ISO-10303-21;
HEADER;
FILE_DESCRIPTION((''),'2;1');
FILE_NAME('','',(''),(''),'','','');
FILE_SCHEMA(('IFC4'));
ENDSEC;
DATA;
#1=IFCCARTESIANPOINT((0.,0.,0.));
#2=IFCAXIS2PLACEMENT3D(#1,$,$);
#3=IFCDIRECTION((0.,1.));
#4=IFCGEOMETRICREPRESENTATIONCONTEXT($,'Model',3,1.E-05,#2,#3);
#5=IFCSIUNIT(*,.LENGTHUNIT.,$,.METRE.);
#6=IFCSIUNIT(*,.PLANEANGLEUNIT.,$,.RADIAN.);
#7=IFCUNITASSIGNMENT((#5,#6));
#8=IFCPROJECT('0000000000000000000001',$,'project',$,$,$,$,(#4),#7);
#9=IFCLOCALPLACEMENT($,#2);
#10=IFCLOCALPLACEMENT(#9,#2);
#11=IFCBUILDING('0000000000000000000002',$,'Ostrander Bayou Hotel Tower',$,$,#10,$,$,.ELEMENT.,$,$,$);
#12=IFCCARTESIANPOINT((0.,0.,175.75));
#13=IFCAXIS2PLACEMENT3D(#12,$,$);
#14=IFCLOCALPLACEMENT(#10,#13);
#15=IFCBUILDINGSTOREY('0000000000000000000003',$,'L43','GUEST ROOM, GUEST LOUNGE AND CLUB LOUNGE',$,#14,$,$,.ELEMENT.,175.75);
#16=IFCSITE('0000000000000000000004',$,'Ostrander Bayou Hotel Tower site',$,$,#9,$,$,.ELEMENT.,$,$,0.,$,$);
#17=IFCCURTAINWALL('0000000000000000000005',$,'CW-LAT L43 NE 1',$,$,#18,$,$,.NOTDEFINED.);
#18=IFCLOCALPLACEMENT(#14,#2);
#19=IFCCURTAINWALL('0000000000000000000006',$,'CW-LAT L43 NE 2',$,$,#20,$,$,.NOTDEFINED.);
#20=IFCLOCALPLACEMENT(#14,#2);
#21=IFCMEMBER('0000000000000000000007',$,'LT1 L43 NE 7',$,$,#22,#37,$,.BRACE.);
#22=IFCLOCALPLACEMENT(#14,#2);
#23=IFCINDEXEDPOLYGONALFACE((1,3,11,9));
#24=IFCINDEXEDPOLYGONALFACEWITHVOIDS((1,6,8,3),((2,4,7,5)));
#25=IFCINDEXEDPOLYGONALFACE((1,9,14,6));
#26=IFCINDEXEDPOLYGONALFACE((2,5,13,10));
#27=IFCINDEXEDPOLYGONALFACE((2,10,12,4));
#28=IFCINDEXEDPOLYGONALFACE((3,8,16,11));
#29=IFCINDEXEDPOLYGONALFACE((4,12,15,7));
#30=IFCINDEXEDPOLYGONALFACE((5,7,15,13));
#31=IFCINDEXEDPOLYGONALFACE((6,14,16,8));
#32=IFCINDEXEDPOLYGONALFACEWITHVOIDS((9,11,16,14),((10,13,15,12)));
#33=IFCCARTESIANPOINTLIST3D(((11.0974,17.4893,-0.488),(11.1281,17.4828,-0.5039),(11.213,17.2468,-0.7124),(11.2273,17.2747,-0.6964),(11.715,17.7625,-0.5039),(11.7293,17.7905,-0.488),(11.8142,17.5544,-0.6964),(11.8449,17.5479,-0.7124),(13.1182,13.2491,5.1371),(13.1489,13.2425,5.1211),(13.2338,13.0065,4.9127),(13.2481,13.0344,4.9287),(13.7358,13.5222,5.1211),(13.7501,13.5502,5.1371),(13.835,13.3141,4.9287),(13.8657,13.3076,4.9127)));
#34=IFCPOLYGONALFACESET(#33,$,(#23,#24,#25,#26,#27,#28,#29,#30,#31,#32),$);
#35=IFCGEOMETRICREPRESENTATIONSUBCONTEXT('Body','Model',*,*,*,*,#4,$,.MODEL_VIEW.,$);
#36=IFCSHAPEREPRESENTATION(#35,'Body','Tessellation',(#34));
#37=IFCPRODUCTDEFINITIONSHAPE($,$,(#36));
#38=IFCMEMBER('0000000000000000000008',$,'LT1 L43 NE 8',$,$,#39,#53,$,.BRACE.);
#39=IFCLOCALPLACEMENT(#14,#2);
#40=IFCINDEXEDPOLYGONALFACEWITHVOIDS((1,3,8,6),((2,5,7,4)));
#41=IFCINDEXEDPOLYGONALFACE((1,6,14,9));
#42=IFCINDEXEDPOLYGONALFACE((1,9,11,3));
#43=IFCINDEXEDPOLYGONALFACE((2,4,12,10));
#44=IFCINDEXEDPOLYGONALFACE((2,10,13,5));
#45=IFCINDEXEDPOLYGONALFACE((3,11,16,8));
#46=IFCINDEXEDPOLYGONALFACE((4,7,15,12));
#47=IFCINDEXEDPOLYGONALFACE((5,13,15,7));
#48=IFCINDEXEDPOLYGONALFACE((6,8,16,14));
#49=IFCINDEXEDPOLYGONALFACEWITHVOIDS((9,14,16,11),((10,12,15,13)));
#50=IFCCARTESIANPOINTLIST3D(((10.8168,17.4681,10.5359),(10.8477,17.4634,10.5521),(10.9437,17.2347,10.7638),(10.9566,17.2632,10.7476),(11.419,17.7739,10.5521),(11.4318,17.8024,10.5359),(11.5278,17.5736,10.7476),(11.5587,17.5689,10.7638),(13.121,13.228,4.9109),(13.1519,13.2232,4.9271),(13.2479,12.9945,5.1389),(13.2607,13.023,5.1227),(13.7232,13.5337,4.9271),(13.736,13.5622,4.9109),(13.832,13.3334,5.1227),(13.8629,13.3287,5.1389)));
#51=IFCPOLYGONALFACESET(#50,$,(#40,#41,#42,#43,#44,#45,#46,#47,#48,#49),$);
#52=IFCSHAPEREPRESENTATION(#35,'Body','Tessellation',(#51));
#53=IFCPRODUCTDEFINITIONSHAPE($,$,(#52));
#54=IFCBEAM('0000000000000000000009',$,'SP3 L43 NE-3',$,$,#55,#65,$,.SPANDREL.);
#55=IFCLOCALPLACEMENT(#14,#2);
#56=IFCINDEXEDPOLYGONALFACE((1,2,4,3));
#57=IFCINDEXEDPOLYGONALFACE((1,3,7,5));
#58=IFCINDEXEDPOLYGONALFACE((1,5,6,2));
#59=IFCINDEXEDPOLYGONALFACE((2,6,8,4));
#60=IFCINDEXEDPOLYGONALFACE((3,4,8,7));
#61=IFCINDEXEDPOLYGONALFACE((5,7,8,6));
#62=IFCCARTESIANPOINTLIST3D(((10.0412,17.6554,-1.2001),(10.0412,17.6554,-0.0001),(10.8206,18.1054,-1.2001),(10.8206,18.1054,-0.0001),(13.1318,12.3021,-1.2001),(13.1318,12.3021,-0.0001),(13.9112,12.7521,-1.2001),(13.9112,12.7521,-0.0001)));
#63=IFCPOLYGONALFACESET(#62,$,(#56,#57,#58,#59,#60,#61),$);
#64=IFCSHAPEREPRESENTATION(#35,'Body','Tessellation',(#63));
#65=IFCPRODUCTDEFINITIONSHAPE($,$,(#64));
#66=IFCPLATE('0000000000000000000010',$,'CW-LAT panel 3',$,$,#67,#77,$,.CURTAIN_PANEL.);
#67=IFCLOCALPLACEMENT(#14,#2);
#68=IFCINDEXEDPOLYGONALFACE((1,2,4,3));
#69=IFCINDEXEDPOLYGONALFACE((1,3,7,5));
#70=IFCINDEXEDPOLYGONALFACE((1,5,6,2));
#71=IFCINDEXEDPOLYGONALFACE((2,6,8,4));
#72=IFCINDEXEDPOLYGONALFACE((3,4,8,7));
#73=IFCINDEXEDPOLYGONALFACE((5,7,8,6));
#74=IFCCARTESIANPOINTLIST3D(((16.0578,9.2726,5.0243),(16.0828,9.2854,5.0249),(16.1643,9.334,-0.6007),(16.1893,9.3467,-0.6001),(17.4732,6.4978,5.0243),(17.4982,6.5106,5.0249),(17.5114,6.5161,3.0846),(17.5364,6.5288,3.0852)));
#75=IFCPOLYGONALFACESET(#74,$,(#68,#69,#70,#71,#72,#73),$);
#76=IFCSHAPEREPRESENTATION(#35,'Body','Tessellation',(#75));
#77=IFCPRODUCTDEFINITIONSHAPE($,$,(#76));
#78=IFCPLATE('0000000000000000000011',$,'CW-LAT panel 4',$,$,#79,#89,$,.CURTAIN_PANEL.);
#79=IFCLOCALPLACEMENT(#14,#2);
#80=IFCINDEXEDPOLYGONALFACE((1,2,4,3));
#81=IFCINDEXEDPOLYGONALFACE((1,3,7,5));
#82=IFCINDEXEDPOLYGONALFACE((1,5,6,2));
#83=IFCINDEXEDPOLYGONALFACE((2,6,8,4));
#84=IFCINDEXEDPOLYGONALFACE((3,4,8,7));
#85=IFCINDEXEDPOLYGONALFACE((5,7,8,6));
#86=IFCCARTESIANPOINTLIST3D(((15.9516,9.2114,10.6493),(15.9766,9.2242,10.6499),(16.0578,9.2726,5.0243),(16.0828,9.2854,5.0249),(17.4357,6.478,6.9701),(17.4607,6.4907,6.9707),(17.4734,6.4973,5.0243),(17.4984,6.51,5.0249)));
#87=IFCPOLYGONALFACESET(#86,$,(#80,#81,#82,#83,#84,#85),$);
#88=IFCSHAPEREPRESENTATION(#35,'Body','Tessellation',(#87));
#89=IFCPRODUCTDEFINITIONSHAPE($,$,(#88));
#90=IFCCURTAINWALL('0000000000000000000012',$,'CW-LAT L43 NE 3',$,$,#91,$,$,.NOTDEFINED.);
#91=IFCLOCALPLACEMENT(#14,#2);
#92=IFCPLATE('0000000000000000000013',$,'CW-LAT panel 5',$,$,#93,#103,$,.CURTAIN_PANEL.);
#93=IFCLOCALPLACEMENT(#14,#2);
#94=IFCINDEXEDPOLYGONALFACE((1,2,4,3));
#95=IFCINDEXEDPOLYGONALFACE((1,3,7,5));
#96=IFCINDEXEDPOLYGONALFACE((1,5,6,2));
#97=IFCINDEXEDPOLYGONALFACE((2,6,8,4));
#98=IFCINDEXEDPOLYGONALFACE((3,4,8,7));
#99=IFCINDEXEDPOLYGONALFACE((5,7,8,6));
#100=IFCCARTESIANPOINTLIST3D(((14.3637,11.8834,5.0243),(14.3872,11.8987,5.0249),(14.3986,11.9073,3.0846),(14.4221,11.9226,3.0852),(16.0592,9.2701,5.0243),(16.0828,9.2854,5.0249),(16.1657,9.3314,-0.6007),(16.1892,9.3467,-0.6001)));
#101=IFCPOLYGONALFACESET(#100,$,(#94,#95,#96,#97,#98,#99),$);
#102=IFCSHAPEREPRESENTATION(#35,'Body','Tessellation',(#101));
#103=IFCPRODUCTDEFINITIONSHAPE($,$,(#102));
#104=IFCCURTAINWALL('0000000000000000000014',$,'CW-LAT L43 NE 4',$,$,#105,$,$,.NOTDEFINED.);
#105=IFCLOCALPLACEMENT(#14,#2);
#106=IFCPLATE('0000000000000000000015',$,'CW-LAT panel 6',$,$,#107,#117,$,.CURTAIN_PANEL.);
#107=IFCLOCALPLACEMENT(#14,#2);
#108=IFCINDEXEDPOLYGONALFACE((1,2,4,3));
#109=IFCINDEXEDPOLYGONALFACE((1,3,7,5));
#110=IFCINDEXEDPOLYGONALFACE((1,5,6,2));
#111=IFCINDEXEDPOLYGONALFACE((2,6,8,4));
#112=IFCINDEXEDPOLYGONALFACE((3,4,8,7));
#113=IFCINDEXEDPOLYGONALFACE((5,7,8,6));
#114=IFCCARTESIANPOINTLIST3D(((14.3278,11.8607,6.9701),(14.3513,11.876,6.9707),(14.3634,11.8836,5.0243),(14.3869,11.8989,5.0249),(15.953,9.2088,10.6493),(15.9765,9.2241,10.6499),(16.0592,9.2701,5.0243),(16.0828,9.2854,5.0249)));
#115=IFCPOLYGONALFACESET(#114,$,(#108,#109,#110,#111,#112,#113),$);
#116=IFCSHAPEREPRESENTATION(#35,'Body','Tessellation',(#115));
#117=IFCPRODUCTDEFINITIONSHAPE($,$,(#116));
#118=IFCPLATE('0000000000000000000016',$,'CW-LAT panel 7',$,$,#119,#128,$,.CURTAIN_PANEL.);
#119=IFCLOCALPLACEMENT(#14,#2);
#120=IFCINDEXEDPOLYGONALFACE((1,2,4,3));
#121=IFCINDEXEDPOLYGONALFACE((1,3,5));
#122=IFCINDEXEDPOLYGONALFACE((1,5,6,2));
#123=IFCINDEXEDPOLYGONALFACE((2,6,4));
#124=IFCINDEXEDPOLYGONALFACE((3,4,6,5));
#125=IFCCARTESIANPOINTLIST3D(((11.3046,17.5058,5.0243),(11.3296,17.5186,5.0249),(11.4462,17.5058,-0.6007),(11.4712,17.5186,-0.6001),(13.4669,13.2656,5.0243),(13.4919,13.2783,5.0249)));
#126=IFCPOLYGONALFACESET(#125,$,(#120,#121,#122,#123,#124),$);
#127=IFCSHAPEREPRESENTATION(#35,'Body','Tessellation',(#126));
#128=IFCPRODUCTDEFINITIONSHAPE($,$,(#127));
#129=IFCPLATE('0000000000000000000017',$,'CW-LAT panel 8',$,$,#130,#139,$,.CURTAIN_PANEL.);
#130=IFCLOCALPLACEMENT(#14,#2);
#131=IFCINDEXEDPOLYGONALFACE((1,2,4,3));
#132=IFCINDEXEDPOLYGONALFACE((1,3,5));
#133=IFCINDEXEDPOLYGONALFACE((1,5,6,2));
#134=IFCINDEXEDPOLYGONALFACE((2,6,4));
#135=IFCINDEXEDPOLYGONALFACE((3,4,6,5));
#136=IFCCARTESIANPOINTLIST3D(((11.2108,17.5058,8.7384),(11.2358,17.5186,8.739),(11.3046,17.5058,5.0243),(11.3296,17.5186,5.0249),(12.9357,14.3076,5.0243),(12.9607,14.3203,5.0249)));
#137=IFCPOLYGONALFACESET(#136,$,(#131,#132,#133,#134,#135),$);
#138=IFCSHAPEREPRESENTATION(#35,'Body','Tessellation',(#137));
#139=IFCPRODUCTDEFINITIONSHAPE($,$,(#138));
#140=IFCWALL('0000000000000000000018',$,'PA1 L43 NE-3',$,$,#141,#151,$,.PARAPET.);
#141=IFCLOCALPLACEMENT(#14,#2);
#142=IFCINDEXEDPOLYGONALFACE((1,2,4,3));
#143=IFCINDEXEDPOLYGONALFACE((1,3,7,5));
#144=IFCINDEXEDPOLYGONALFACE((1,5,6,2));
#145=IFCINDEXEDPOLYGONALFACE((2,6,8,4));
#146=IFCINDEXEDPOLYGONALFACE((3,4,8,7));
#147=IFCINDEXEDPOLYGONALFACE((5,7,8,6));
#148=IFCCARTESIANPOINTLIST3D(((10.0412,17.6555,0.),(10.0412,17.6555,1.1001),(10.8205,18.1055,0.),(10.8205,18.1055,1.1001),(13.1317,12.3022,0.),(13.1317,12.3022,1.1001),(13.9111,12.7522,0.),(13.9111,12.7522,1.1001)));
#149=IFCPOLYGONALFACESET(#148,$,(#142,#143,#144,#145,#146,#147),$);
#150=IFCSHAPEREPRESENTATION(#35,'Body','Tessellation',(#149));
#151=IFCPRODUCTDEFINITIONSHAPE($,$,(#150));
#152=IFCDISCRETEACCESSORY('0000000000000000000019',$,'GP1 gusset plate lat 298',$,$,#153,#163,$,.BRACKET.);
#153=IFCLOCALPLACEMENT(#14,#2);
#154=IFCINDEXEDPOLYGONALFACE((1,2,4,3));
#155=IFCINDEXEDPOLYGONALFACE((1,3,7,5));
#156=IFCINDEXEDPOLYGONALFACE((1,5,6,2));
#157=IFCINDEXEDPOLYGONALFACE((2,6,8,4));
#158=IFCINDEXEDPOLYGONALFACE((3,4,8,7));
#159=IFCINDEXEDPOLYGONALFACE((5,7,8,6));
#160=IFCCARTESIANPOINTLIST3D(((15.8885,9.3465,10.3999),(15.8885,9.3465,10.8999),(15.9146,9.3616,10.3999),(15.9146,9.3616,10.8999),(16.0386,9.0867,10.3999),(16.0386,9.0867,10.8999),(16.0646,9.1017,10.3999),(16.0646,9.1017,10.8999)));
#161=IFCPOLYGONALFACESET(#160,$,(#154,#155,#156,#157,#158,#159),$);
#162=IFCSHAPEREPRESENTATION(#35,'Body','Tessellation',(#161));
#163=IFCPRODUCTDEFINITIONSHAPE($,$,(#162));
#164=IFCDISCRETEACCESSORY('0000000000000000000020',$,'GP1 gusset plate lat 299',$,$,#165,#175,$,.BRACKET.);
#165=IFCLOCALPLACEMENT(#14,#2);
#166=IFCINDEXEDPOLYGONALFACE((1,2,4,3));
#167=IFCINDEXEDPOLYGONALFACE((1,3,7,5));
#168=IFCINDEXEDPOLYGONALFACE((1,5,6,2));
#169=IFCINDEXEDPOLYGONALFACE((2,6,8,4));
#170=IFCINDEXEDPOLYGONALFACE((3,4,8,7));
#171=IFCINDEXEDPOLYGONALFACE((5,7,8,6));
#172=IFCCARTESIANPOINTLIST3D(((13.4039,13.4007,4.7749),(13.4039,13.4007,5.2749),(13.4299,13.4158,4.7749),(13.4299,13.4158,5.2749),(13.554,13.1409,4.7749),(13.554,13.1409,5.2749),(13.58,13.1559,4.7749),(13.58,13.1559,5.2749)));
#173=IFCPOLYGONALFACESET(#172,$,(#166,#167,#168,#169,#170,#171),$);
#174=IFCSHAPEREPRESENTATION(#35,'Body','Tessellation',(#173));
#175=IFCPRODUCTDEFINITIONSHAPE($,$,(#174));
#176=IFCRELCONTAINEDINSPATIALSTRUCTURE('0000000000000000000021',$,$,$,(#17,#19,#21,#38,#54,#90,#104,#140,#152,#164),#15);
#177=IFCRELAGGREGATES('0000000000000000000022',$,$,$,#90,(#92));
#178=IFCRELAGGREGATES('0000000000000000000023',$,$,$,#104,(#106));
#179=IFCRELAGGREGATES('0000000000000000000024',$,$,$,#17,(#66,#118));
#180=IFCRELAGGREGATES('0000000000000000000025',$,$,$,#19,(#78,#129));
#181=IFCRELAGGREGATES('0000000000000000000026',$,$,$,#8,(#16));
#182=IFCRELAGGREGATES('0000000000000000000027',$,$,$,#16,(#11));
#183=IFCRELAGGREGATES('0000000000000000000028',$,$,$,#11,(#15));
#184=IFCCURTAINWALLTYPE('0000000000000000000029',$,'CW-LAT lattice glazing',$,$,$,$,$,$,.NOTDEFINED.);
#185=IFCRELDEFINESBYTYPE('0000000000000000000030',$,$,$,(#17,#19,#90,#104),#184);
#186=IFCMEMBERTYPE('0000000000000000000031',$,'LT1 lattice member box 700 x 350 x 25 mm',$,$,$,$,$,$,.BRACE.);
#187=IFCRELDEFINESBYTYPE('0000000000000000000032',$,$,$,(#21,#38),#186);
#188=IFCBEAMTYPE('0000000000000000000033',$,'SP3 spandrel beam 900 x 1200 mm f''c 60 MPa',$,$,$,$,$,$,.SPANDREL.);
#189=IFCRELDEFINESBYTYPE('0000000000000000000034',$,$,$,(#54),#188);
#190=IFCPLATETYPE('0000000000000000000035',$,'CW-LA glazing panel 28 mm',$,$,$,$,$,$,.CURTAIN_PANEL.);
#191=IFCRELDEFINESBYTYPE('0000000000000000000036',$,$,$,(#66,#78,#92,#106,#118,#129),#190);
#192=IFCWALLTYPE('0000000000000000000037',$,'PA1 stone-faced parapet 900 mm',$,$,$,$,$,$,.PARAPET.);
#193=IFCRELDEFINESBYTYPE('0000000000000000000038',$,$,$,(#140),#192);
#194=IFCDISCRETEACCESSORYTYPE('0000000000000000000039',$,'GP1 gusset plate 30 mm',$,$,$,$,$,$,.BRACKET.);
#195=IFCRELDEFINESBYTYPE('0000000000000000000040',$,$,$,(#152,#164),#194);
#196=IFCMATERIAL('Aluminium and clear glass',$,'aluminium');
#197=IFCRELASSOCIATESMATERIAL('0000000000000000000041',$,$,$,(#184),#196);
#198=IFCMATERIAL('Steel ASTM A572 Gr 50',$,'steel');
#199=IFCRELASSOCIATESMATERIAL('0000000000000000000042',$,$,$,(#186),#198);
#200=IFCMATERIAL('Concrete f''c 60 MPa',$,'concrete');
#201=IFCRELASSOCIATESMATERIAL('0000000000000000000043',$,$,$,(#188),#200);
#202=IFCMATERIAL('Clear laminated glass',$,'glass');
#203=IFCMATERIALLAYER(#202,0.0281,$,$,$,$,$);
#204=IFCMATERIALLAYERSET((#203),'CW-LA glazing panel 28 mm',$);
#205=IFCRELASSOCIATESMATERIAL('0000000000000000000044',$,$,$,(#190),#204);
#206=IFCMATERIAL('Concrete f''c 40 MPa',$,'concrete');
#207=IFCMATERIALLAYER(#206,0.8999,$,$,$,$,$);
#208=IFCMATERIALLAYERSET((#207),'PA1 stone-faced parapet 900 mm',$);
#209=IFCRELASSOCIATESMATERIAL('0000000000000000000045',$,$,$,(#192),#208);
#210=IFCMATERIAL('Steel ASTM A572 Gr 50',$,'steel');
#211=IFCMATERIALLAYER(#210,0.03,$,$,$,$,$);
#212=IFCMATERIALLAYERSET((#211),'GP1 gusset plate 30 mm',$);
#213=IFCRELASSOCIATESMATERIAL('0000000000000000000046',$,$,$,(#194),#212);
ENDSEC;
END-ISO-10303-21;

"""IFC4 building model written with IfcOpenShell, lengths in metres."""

from ifc_helpers import new_model, si_unit, direction, frame, frame_2d, origin, origin_2d, place, context, subcontext, project, spatial, polyline, rectangle, hollow_rectangle, outline, extrude, material, layer, layer_set, material_profile, profile_set, type_object, element, aggregate, save


model = new_model("IFC4")

# Units and contexts
model_context = context("Model", 3, precision=1e-05, world=origin(), true_north=direction((0.0, 1.0)))
body_context = subcontext(model_context, "Body", "Model", "MODEL_VIEW")
ifc_project = project(units=[si_unit("LENGTHUNIT", "METRE"), si_unit("PLANEANGLEUNIT", "RADIAN")], contexts=[model_context])

# Site, building, storey
site_placement = place(None, origin())
site = spatial("IfcSite", under=ifc_project, at=site_placement, Name="Ostrander Bayou Hotel Tower site", CompositionType="ELEMENT", RefElevation=0.0)
building_placement = place(site_placement, origin())
building = spatial("IfcBuilding", under=site, at=building_placement, Name="Ostrander Bayou Hotel Tower", CompositionType="ELEMENT")
storey_placement = place(building_placement, frame((0.0, 0.0, 175.75)))
storey = spatial("IfcBuildingStorey", under=building, at=storey_placement, Name="L43", Description="GUEST ROOM, GUEST LOUNGE AND CLUB LOUNGE", CompositionType="ELEMENT", Elevation=175.75)

# Curtain walls
ifc_material_1 = material(Name="Aluminium and clear glass", Category="aluminium")
curtain_wall_type = type_object("IfcCurtainWallType", Name="CW-LAT lattice glazing", PredefinedType="NOTDEFINED", material=ifc_material_1)
curtain_wall_1_placement = place(storey_placement, origin())
curtain_wall_1 = element("IfcCurtainWall", 1, at=curtain_wall_1_placement, inside=storey, type_object=curtain_wall_type, Name="CW-LAT L43 NE 1", PredefinedType="NOTDEFINED")
curtain_wall_2_placement = place(storey_placement, origin())
curtain_wall_2 = element("IfcCurtainWall", 2, at=curtain_wall_2_placement, inside=storey, type_object=curtain_wall_type, Name="CW-LAT L43 NE 2", PredefinedType="NOTDEFINED")

# Members
ifc_material_2 = material(Name="Steel ASTM A572 Gr 50", Category="steel")
ifc_material_profile_1 = material_profile(ifc_material_2, hollow_rectangle(XDim=0.7, YDim=0.3501, WallThickness=0.0249, at=origin_2d()))
ifc_profile_set_1 = profile_set([ifc_material_profile_1], Name="Steel ASTM A572 Gr 50")
member_type_1 = type_object("IfcMemberType", Name="LT1 lattice member box 700 x 350 x 25 mm", PredefinedType="BRACE", material=ifc_profile_set_1)
member_1_placement = place(storey_placement, frame((13.4919, 13.2783, 5.0249), z_axis=(-0.275747, 0.578613, -0.767575), x_axis=(-0.902729, -0.43021, 0.0)))
element("IfcMember", 3, at=member_1_placement, inside=storey, type_object=member_type_1, Name="LT1 L43 NE 7", PredefinedType="BRACE", context=body_context, shape_type="SweptSolid", body=[
    extrude(hollow_rectangle(XDim=0.7, YDim=0.3501, WallThickness=0.0249, at=origin_2d()), origin(), (0.0, 0.0, 1.0), 7.3284),
])
member_2_placement = place(storey_placement, frame((13.4919, 13.2783, 5.0249), z_axis=(-0.310897, 0.57212, 0.758961), x_axis=(-0.878649, -0.477469, 0.0)))
element("IfcMember", 4, at=member_2_placement, inside=storey, type_object=member_type_1, Name="LT1 L43 NE 8", PredefinedType="BRACE", context=body_context, shape_type="SweptSolid", body=[
    extrude(hollow_rectangle(XDim=0.7, YDim=0.3501, WallThickness=0.0249, at=origin_2d()), origin(), (0.0, 0.0, 1.0), 7.4114),
])

# Beam
ifc_material_3 = material(Name="Concrete f'c 60 MPa", Category="concrete")
ifc_material_profile_2 = material_profile(ifc_material_3, rectangle(XDim=0.8999, YDim=1.2, at=origin_2d()))
ifc_profile_set_2 = profile_set([ifc_material_profile_2], Name="Concrete f'c 60 MPa")
beam_type_1 = type_object("IfcBeamType", Name="SP3 spandrel beam 900 x 1200 mm f'c 60 MPa", PredefinedType="SPANDREL", material=ifc_profile_set_2)
beam_1_placement = place(storey_placement, frame((13.5215, 12.5271, -0.6001), z_axis=(-0.499983, 0.866035, 0.0), x_axis=(-0.866035, -0.499983, 0.0)))
element("IfcBeam", 5, at=beam_1_placement, inside=storey, type_object=beam_type_1, Name="SP3 L43 NE-3", PredefinedType="SPANDREL", context=body_context, shape_type="SweptSolid", body=[
    extrude(rectangle(XDim=0.8999, YDim=1.2, at=origin_2d()), origin(), (0.0, 0.0, 1.0), 6.1814),
])

# Plates
ifc_material_4 = material(Name="Clear laminated glass", Category="glass")
ifc_layer_1 = layer(ifc_material_4, 0.0281)
ifc_layer_set_1 = layer_set([ifc_layer_1], Name="CW-LA glazing panel 28 mm")
plate_type = type_object("IfcPlateType", Name="CW-LA glazing panel 28 mm", PredefinedType="CURTAIN_PANEL", material=ifc_layer_set_1)
plate_1_placement = place(storey_placement, frame((17.5364, 6.5288, 3.0852), z_axis=(0.890595, 0.454274, 0.021824), x_axis=(-0.278847, 0.583324, -0.762874)))
plate_1 = element("IfcPlate", 6, at=plate_1_placement, type_object=plate_type, Name="CW-LAT panel 3", PredefinedType="CURTAIN_PANEL", context=body_context, shape_type="SweptSolid", body=[
    extrude(outline(polyline([(0.0, 0.0), (4.8308, 0.0), (0.5336, 3.6317), (-1.4797, 1.2548), (0.0, 0.0)])), origin(), (0.0, 0.0, -1.0), 0.0281),
])
plate_2_placement = place(storey_placement, frame((17.4607, 6.4907, 6.9707), z_axis=(0.890604, 0.45426, 0.02175), x_axis=(-0.308041, 0.567368, 0.763678)))
plate_2 = element("IfcPlate", 7, at=plate_2_placement, type_object=plate_type, Name="CW-LAT panel 4", PredefinedType="CURTAIN_PANEL", context=body_context, shape_type="SweptSolid", body=[
    extrude(outline(polyline([(0.0, 0.0), (4.8177, 0.0), (0.5241, -3.636), (-1.4866, -1.2562), (0.0, 0.0)])), origin(), (0.0, 0.0, -1.0), 0.0281),
])

# Curtain walls, plates
curtain_wall_3_placement = place(storey_placement, origin())
curtain_wall_3 = element("IfcCurtainWall", 8, at=curtain_wall_3_placement, inside=storey, type_object=curtain_wall_type, Name="CW-LAT L43 NE 3", PredefinedType="NOTDEFINED")
plate_3_placement = place(storey_placement, frame((14.4221, 11.9226, 3.0852), z_axis=(0.838697, 0.544161, 0.021801), x_axis=(0.365776, -0.533196, -0.76283)))
plate_3 = element("IfcPlate", 9, at=plate_3_placement, type_object=plate_type, Name="CW-LAT panel 5", PredefinedType="CURTAIN_PANEL", context=body_context, shape_type="SweptSolid", body=[
    extrude(outline(polyline([(0.0, 0.0), (4.8311, 0.0), (0.5339, -3.6318), (-1.4797, -1.2549), (0.0, 0.0)])), origin(), (0.0, 0.0, -1.0), 0.0281),
])
aggregate(curtain_wall_3, [plate_3])
curtain_wall_4_placement = place(storey_placement, origin())
curtain_wall_4 = element("IfcCurtainWall", 10, at=curtain_wall_4_placement, inside=storey, type_object=curtain_wall_type, Name="CW-LAT L43 NE 4", PredefinedType="NOTDEFINED")
plate_4_placement = place(storey_placement, frame((14.3513, 11.876, 6.9707), z_axis=(0.838678, 0.544192, 0.021768), x_axis=(0.337344, -0.550443, 0.763683)))
plate_4 = element("IfcPlate", 11, at=plate_4_placement, type_object=plate_type, Name="CW-LAT panel 6", PredefinedType="CURTAIN_PANEL", context=body_context, shape_type="SweptSolid", body=[
    extrude(outline(polyline([(0.0, 0.0), (4.8177, 0.0), (0.5241, 3.636), (-1.4866, 1.2562), (0.0, 0.0)])), origin(), (0.0, 0.0, -1.0), 0.0281),
])
aggregate(curtain_wall_4, [plate_4])

# Plates
plate_5_placement = place(storey_placement, frame((13.4919, 13.2783, 5.0249), z_axis=(0.890626, 0.454184, 0.02242), x_axis=(-0.275747, 0.578613, -0.767575)))
plate_5 = element("IfcPlate", 12, at=plate_5_placement, type_object=plate_type, Name="CW-LAT panel 7", PredefinedType="CURTAIN_PANEL", context=body_context, shape_type="SweptSolid", body=[
    extrude(outline(polyline([(0.0, 0.0), (7.3283, 0.0), (3.0497, 3.6544), (0.0, 0.0)])), origin(), (0.0, 0.0, -1.0), 0.0281),
])
aggregate(curtain_wall_1, [plate_1, plate_5])
plate_6_placement = place(storey_placement, frame((11.3296, 17.5186, 5.0249), z_axis=(0.89061, 0.454211, 0.02248), x_axis=(0.454326, -0.890835, 0.0)))
plate_6 = element("IfcPlate", 13, at=plate_6_placement, type_object=plate_type, Name="CW-LAT panel 8", PredefinedType="CURTAIN_PANEL", context=body_context, shape_type="SweptSolid", body=[
    extrude(outline(polyline([(0.0, 0.0), (3.5902, 0.0), (-0.0426, -3.7151), (0.0, 0.0)])), origin(), (0.0, 0.0, -1.0), 0.0281),
])
aggregate(curtain_wall_2, [plate_2, plate_6])

# Wall
ifc_material_5 = material(Name="Concrete f'c 40 MPa", Category="concrete")
ifc_layer_2 = layer(ifc_material_5, 0.8999)
ifc_layer_set_2 = layer_set([ifc_layer_2], Name="PA1 stone-faced parapet 900 mm")
wall_type = type_object("IfcWallType", Name="PA1 stone-faced parapet 900 mm", PredefinedType="PARAPET", material=ifc_layer_set_2)
wall_placement = place(storey_placement, frame((13.5215, 12.5271, 0.0), z_axis=(0.0, 0.0, 1.0), x_axis=(-0.499983, 0.866035, 0.0)))
element("IfcWall", 14, at=wall_placement, inside=storey, type_object=wall_type, Name="PA1 L43 NE-3", PredefinedType="PARAPET", context=body_context, shape_type="SweptSolid", body=[
    extrude(rectangle(XDim=6.1814, YDim=0.8999, at=frame_2d((3.0908, 0.0))), origin(), (0.0, 0.0, 1.0), 1.1001),
])

# Discrete accessories
ifc_material_6 = material(Name="Steel ASTM A572 Gr 50", Category="steel")
ifc_layer_3 = layer(ifc_material_6, 0.03)
ifc_layer_set_3 = layer_set([ifc_layer_3], Name="GP1 gusset plate 30 mm")
discrete_accessory_type = type_object("IfcDiscreteAccessoryType", Name="GP1 gusset plate 30 mm", PredefinedType="BRACKET", material=ifc_layer_set_3)
for number, where, z_axis, x_axis, name in (
    (15, (15.9766, 9.2241, 10.3999), (0.0, 0.0, 1.0), (-0.5, 0.866025, 0.0), "GP1 gusset plate lat 298"),
    (16, (13.4919, 13.2783, 4.7749), (0.0, 0.0, 1.0), (-0.5, 0.866025, 0.0), "GP1 gusset plate lat 299"),
):
    element("IfcDiscreteAccessory", number, at=place(storey_placement, frame(where, z_axis=z_axis, x_axis=x_axis)), inside=storey, type_object=discrete_accessory_type, Name=name, PredefinedType="BRACKET", context=body_context, shape_type="SweptSolid", body=[
        extrude(rectangle(XDim=0.3, YDim=0.03, at=origin_2d()), origin(), (0.0, 0.0, 1.0), 0.5),
    ])

save(model, "model.ifc")
